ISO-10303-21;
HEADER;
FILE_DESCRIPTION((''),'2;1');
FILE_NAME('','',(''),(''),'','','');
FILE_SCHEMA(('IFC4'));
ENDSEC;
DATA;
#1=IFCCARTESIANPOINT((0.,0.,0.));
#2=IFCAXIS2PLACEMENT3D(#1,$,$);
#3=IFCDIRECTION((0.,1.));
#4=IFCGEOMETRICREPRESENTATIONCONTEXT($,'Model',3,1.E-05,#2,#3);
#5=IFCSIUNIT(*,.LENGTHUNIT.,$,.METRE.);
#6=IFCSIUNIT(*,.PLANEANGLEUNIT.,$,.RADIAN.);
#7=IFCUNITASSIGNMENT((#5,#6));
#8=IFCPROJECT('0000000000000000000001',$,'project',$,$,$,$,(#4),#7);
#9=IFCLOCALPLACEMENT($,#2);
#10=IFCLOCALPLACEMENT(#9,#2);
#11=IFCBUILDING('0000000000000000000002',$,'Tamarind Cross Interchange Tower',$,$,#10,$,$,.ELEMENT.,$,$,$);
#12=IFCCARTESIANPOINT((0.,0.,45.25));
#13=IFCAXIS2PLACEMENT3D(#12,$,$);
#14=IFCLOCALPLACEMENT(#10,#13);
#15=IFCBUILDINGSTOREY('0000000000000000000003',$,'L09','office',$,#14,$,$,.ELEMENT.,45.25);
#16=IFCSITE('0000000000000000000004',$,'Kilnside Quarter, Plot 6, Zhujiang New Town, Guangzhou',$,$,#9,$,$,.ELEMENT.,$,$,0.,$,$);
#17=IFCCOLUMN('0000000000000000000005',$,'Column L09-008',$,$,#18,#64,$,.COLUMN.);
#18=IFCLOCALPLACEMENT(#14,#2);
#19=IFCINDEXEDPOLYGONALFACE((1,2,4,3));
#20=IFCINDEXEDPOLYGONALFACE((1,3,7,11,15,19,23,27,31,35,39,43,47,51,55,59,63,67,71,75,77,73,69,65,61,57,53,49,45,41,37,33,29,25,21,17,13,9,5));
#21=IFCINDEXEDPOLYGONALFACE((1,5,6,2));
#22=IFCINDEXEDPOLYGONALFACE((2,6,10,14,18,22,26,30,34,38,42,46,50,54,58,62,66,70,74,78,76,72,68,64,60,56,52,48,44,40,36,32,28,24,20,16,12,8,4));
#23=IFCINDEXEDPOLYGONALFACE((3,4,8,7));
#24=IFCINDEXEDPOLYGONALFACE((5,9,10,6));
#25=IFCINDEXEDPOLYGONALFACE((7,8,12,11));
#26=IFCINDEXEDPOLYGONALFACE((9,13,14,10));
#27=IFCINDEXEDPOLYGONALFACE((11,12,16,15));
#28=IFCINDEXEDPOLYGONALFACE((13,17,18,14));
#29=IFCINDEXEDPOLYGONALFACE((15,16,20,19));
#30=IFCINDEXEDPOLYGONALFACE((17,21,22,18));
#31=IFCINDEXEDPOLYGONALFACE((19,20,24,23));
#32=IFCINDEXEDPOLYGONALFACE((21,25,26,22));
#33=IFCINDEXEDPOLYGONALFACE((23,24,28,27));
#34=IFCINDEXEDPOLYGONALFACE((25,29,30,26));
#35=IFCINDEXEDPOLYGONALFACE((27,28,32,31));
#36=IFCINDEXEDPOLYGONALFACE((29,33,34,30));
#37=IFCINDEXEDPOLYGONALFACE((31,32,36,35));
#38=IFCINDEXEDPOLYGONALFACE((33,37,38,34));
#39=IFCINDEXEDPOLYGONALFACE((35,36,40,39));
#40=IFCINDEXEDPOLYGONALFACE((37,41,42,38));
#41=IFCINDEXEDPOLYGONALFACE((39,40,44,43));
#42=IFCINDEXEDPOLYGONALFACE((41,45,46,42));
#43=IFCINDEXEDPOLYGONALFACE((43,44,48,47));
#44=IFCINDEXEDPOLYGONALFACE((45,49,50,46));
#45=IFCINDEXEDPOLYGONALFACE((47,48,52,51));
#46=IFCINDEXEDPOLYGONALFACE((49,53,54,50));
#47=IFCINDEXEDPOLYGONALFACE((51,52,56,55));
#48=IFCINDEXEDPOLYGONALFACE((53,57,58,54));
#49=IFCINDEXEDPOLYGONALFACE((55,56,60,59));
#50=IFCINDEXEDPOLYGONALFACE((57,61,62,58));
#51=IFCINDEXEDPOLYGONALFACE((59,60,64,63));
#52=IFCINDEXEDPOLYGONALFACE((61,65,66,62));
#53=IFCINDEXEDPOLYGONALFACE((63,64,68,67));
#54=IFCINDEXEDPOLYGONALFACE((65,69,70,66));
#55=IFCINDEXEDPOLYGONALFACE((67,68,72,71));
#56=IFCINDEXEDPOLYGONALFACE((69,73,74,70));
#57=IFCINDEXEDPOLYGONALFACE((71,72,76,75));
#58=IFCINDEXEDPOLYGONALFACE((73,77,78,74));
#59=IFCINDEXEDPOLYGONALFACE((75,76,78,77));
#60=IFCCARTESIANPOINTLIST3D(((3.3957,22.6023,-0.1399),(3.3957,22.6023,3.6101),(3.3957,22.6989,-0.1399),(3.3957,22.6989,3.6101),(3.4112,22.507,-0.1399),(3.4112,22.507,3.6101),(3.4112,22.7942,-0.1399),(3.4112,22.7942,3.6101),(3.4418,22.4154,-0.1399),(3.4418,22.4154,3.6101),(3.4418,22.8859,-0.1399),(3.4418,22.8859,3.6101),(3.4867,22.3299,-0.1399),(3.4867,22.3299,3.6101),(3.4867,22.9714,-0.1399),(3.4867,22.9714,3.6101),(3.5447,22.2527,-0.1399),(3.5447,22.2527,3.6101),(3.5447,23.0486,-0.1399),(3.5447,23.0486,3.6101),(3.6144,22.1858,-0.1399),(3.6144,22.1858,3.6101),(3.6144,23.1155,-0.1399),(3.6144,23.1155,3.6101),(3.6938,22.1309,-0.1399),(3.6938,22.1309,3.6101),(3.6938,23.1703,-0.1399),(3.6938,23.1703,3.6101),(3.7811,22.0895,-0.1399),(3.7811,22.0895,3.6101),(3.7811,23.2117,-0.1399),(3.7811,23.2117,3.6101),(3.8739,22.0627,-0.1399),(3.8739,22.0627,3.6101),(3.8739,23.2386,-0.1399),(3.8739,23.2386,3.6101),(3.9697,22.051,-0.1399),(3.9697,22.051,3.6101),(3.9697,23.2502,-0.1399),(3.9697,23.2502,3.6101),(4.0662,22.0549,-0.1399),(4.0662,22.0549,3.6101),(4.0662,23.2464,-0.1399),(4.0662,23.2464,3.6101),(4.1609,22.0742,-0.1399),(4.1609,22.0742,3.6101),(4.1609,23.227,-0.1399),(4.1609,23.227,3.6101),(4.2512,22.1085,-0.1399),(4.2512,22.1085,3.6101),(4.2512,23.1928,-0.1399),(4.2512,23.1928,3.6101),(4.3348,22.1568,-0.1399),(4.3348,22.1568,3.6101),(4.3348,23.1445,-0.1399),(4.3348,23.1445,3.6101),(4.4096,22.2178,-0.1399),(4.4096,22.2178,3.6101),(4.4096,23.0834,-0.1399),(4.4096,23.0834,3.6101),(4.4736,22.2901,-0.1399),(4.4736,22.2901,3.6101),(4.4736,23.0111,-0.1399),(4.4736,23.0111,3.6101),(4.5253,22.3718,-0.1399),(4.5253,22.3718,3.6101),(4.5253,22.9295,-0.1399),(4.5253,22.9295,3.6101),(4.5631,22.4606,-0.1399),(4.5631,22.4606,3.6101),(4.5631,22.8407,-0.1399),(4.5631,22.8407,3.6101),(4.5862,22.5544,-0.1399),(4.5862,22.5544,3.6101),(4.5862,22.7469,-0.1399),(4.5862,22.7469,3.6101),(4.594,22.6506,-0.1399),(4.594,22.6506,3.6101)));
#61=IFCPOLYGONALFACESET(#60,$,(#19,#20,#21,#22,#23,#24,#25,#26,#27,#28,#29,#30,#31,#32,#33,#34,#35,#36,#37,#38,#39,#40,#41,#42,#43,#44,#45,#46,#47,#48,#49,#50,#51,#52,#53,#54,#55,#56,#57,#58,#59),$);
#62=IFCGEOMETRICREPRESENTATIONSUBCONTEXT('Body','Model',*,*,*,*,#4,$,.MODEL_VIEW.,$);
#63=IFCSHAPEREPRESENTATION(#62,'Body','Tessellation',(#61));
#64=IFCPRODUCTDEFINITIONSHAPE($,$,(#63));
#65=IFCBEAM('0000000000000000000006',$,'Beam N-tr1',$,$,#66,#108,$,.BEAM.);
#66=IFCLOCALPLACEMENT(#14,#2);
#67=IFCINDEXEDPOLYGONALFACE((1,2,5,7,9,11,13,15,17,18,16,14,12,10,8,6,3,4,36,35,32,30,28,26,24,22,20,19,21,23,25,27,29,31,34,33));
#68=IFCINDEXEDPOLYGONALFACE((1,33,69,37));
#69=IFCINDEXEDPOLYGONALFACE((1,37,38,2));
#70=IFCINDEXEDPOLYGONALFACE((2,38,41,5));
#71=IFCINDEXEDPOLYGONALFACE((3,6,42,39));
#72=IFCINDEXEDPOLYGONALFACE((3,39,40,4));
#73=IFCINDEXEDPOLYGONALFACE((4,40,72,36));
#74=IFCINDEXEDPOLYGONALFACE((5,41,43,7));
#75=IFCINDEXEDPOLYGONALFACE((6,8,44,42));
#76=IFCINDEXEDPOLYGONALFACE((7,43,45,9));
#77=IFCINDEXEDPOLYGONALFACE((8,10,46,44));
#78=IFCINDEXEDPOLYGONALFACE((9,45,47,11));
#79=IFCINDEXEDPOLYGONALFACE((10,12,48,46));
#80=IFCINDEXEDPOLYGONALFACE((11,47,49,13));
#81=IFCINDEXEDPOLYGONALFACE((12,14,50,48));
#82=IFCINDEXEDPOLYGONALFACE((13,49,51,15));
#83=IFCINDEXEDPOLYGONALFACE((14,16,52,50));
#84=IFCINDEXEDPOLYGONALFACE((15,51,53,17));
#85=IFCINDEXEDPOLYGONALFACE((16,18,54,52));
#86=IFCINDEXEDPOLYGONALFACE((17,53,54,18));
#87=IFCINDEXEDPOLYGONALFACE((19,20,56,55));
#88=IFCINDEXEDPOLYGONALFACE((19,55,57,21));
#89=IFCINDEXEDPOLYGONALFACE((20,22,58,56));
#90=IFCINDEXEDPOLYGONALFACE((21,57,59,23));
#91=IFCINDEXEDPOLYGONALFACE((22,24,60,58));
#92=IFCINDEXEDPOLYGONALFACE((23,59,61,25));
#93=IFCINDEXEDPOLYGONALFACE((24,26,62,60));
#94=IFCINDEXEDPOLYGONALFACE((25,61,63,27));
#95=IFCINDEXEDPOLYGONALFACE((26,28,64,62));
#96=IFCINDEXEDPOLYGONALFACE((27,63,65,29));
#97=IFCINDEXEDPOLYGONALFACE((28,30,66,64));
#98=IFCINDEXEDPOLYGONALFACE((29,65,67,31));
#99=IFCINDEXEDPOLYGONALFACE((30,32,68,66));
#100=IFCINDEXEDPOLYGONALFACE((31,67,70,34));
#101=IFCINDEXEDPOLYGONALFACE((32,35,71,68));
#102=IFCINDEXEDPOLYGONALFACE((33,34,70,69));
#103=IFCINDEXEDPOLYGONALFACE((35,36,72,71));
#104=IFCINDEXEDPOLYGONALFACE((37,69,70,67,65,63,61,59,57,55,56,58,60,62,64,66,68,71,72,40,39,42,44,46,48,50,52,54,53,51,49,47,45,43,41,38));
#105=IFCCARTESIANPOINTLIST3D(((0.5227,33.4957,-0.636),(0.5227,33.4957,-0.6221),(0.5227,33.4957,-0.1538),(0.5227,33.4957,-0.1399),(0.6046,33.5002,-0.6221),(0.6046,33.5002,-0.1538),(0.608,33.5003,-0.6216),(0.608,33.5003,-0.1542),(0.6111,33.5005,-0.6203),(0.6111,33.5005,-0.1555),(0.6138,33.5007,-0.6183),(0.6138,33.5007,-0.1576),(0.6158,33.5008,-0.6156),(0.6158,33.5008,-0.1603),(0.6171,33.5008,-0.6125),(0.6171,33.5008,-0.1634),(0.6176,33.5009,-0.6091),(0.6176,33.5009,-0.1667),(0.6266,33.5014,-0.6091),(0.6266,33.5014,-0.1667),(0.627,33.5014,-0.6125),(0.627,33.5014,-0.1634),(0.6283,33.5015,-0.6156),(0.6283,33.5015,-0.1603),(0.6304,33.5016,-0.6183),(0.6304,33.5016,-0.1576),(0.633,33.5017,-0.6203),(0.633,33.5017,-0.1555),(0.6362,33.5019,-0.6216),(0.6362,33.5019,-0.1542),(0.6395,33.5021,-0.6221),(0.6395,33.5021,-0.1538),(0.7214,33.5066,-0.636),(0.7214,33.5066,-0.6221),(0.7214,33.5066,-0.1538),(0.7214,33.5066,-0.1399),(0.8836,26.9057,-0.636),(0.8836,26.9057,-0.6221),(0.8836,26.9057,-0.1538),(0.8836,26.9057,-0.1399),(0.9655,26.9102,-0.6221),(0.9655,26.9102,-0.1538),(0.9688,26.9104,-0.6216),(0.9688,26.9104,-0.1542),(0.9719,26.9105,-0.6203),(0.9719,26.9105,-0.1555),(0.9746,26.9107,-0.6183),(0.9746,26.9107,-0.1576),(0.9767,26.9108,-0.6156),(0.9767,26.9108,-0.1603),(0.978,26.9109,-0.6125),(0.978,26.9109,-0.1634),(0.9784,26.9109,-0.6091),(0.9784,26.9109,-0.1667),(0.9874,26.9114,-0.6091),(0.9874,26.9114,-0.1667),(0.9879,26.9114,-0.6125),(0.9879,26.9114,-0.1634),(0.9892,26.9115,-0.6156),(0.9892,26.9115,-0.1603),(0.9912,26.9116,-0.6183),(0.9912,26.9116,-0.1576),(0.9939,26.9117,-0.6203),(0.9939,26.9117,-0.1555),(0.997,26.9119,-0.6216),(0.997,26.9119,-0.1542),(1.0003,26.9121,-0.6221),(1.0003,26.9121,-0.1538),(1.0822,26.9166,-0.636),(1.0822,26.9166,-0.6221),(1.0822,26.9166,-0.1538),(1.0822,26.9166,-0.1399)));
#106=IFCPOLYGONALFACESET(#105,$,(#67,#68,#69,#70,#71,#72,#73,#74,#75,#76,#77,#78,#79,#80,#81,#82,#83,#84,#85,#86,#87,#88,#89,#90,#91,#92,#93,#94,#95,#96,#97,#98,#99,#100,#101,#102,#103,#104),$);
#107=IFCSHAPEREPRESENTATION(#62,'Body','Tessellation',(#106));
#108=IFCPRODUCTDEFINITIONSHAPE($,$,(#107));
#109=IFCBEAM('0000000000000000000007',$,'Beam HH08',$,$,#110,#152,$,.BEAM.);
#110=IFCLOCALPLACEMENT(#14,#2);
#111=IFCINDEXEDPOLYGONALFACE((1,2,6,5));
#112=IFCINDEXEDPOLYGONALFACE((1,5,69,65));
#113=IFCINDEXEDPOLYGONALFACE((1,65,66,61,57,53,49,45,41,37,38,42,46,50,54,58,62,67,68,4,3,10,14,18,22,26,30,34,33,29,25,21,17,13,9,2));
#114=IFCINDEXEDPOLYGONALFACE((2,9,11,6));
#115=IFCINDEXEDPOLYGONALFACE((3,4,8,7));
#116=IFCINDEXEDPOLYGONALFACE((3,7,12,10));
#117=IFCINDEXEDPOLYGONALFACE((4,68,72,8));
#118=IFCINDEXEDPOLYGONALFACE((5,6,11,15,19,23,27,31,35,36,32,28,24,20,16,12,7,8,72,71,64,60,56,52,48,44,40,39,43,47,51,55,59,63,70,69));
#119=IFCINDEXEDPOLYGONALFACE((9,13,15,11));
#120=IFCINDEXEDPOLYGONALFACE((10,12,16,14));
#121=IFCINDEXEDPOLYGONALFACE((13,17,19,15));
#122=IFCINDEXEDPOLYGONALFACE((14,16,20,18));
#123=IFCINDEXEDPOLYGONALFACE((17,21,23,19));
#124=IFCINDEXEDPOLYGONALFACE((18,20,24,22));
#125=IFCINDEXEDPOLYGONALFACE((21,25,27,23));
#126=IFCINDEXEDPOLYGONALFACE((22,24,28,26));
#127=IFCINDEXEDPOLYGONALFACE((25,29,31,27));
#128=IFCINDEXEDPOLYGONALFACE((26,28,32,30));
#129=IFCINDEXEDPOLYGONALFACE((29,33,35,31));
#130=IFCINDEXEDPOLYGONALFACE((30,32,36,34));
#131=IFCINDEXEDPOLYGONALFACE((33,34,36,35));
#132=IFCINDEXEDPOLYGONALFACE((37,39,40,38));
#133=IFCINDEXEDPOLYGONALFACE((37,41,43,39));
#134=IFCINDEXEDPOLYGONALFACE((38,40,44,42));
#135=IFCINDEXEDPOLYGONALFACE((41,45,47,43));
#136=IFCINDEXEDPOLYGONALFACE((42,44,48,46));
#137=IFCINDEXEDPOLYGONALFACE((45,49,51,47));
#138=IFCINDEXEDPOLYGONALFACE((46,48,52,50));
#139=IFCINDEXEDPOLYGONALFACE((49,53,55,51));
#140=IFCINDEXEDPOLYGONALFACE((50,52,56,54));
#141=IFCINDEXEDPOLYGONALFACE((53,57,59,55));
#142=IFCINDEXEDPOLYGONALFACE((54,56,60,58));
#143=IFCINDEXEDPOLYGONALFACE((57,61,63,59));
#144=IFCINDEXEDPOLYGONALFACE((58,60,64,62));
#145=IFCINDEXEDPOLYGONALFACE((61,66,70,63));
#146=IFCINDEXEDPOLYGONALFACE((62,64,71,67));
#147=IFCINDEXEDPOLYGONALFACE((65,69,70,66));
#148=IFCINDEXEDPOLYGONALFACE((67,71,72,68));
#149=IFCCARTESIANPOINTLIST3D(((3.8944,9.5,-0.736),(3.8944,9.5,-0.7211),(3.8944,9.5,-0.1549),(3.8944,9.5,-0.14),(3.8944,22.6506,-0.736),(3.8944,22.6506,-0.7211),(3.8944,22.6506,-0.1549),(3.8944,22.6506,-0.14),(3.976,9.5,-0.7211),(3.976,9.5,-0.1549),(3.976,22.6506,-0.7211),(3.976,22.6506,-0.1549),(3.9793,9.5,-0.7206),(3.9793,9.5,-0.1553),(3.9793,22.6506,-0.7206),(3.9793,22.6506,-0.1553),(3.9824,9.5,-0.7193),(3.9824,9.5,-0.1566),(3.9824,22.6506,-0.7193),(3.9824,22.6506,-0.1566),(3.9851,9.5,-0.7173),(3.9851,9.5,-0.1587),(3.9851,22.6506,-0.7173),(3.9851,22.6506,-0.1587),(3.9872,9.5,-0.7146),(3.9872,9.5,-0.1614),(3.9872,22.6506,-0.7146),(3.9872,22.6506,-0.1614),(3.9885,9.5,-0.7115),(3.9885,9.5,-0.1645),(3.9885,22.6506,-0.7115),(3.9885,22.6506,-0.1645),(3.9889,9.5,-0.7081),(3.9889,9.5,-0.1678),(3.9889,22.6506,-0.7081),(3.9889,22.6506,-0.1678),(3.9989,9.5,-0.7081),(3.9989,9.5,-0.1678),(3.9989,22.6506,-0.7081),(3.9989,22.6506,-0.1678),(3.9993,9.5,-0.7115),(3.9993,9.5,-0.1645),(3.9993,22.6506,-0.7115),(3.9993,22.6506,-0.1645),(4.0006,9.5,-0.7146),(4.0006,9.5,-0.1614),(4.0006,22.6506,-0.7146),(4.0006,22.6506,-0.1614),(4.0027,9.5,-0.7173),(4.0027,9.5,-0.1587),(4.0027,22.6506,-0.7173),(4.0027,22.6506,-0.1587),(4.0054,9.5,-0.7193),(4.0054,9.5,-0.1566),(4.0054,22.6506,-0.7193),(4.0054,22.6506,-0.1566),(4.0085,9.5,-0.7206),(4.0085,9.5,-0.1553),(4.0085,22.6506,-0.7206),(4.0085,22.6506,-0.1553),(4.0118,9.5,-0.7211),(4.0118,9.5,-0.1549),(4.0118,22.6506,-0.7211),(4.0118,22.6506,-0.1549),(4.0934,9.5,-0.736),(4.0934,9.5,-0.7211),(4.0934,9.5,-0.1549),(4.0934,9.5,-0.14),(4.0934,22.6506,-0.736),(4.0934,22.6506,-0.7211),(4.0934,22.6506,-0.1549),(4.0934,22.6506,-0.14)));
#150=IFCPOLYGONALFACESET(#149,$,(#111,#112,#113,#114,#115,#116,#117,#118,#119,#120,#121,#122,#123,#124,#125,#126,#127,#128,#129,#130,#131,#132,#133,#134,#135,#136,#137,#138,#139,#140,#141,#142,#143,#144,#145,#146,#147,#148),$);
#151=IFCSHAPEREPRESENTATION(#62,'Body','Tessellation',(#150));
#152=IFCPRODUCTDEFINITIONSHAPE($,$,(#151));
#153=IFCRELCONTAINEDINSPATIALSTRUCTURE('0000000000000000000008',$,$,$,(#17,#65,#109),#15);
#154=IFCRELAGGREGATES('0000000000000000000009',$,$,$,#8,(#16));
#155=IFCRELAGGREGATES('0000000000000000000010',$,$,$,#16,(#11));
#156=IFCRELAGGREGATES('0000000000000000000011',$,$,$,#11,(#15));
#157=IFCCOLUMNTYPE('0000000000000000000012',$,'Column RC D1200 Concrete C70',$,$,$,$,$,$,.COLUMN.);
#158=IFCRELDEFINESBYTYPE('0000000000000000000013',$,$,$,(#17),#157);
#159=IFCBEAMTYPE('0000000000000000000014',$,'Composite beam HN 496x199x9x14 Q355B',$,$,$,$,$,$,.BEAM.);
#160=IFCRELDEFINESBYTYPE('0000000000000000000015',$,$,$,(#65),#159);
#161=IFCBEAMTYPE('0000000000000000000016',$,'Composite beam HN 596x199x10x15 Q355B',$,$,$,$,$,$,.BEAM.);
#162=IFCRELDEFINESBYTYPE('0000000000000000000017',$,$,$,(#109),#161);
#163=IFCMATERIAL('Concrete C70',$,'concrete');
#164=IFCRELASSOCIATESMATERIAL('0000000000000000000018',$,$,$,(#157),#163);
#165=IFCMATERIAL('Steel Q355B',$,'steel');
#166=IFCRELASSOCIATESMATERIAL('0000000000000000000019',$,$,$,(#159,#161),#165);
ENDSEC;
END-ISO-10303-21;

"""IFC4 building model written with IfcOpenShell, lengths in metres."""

from ifc_helpers import new_model, si_unit, direction, frame, origin, origin_2d, place, context, subcontext, project, spatial, circle, i_section, extrude, material, material_profile, profile_set, type_object, element, save


model = new_model("IFC4")

# Units and contexts
model_context = context("Model", 3, precision=1e-05, world=origin(), true_north=direction((0.0, 1.0)))
body_context = subcontext(model_context, "Body", "Model", "MODEL_VIEW")
ifc_project = project(units=[si_unit("LENGTHUNIT", "METRE"), si_unit("PLANEANGLEUNIT", "RADIAN")], contexts=[model_context])

# Site, building, storey
site_placement = place(None, origin())
site = spatial("IfcSite", under=ifc_project, at=site_placement, Name="Kilnside Quarter, Plot 6, Zhujiang New Town, Guangzhou", CompositionType="ELEMENT", RefElevation=0.0)
building_placement = place(site_placement, origin())
building = spatial("IfcBuilding", under=site, at=building_placement, Name="Tamarind Cross Interchange Tower", CompositionType="ELEMENT")
storey_placement = place(building_placement, frame((0.0, 0.0, 45.25)))
storey = spatial("IfcBuildingStorey", under=building, at=storey_placement, Name="L09", Description="office", CompositionType="ELEMENT", Elevation=45.25)

# Column
ifc_material_1 = material(Name="Concrete C70", Category="concrete")
ifc_material_profile_1 = material_profile(ifc_material_1, circle(Radius=0.6001, at=origin_2d()), Name="RC D1200")
ifc_profile_set_1 = profile_set([ifc_material_profile_1], Name="Concrete C70")
column_type = type_object("IfcColumnType", Name="Column RC D1200 Concrete C70", PredefinedType="COLUMN", material=ifc_profile_set_1)
column_placement = place(storey_placement, frame((3.9939, 22.6506, -0.1399), z_axis=(0.0, 0.0, 1.0), x_axis=(1.0, 0.0, 0.0)))
element("IfcColumn", 1, at=column_placement, inside=storey, type_object=column_type, Name="Column L09-008", PredefinedType="COLUMN", context=body_context, shape_type="SweptSolid", body=[
    extrude(circle(Radius=0.6001, at=origin_2d()), origin(), (0.0, 0.0, 1.0), 3.75),
])

# Beams
ifc_material_2 = material(Name="Steel Q355B", Category="steel")
ifc_material_profile_2 = material_profile(ifc_material_2, i_section(OverallWidth=0.199, OverallDepth=0.4961, WebThickness=0.009, FlangeThickness=0.0139, FilletRadius=0.0129, at=origin_2d()), Name="HN 496x199x9x14")
ifc_profile_set_2 = profile_set([ifc_material_profile_2], Name="Steel Q355B")
beam_type_1 = type_object("IfcBeamType", Name="Composite beam HN 496x199x9x14 Q355B", PredefinedType="BEAM", material=ifc_profile_set_2)
beam_1_placement = place(storey_placement, frame((0.9829, 26.9111, -0.3879), z_axis=(-0.054673, 0.998504, 0.0), x_axis=(-0.998504, -0.054673, 0.0)))
element("IfcBeam", 2, at=beam_1_placement, inside=storey, type_object=beam_type_1, Name="Beam N-tr1", PredefinedType="BEAM", context=body_context, shape_type="SweptSolid", body=[
    extrude(i_section(OverallWidth=0.199, OverallDepth=0.4961, WebThickness=0.009, FlangeThickness=0.0139, FilletRadius=0.0129, at=origin_2d()), origin(), (0.0, 0.0, 1.0), 6.5999),
])
ifc_material_profile_3 = material_profile(ifc_material_2, i_section(OverallWidth=0.199, OverallDepth=0.5959, WebThickness=0.01, FlangeThickness=0.0149, FilletRadius=0.0129, at=origin_2d()), Name="HN 596x199x10x15")
ifc_profile_set_3 = profile_set([ifc_material_profile_3], Name="Steel Q355B")
beam_type_2 = type_object("IfcBeamType", Name="Composite beam HN 596x199x10x15 Q355B", PredefinedType="BEAM", material=ifc_profile_set_3)
beam_2_placement = place(storey_placement, frame((3.9939, 22.6506, -0.438), z_axis=(0.0, -1.0, 0.0), x_axis=(1.0, 0.0, 0.0)))
element("IfcBeam", 3, at=beam_2_placement, inside=storey, type_object=beam_type_2, Name="Beam HH08", PredefinedType="BEAM", context=body_context, shape_type="SweptSolid", body=[
    extrude(i_section(OverallWidth=0.199, OverallDepth=0.5959, WebThickness=0.01, FlangeThickness=0.0149, FilletRadius=0.0129, at=origin_2d()), origin(), (0.0, 0.0, 1.0), 13.1506),
])

save(model, "model.ifc")
